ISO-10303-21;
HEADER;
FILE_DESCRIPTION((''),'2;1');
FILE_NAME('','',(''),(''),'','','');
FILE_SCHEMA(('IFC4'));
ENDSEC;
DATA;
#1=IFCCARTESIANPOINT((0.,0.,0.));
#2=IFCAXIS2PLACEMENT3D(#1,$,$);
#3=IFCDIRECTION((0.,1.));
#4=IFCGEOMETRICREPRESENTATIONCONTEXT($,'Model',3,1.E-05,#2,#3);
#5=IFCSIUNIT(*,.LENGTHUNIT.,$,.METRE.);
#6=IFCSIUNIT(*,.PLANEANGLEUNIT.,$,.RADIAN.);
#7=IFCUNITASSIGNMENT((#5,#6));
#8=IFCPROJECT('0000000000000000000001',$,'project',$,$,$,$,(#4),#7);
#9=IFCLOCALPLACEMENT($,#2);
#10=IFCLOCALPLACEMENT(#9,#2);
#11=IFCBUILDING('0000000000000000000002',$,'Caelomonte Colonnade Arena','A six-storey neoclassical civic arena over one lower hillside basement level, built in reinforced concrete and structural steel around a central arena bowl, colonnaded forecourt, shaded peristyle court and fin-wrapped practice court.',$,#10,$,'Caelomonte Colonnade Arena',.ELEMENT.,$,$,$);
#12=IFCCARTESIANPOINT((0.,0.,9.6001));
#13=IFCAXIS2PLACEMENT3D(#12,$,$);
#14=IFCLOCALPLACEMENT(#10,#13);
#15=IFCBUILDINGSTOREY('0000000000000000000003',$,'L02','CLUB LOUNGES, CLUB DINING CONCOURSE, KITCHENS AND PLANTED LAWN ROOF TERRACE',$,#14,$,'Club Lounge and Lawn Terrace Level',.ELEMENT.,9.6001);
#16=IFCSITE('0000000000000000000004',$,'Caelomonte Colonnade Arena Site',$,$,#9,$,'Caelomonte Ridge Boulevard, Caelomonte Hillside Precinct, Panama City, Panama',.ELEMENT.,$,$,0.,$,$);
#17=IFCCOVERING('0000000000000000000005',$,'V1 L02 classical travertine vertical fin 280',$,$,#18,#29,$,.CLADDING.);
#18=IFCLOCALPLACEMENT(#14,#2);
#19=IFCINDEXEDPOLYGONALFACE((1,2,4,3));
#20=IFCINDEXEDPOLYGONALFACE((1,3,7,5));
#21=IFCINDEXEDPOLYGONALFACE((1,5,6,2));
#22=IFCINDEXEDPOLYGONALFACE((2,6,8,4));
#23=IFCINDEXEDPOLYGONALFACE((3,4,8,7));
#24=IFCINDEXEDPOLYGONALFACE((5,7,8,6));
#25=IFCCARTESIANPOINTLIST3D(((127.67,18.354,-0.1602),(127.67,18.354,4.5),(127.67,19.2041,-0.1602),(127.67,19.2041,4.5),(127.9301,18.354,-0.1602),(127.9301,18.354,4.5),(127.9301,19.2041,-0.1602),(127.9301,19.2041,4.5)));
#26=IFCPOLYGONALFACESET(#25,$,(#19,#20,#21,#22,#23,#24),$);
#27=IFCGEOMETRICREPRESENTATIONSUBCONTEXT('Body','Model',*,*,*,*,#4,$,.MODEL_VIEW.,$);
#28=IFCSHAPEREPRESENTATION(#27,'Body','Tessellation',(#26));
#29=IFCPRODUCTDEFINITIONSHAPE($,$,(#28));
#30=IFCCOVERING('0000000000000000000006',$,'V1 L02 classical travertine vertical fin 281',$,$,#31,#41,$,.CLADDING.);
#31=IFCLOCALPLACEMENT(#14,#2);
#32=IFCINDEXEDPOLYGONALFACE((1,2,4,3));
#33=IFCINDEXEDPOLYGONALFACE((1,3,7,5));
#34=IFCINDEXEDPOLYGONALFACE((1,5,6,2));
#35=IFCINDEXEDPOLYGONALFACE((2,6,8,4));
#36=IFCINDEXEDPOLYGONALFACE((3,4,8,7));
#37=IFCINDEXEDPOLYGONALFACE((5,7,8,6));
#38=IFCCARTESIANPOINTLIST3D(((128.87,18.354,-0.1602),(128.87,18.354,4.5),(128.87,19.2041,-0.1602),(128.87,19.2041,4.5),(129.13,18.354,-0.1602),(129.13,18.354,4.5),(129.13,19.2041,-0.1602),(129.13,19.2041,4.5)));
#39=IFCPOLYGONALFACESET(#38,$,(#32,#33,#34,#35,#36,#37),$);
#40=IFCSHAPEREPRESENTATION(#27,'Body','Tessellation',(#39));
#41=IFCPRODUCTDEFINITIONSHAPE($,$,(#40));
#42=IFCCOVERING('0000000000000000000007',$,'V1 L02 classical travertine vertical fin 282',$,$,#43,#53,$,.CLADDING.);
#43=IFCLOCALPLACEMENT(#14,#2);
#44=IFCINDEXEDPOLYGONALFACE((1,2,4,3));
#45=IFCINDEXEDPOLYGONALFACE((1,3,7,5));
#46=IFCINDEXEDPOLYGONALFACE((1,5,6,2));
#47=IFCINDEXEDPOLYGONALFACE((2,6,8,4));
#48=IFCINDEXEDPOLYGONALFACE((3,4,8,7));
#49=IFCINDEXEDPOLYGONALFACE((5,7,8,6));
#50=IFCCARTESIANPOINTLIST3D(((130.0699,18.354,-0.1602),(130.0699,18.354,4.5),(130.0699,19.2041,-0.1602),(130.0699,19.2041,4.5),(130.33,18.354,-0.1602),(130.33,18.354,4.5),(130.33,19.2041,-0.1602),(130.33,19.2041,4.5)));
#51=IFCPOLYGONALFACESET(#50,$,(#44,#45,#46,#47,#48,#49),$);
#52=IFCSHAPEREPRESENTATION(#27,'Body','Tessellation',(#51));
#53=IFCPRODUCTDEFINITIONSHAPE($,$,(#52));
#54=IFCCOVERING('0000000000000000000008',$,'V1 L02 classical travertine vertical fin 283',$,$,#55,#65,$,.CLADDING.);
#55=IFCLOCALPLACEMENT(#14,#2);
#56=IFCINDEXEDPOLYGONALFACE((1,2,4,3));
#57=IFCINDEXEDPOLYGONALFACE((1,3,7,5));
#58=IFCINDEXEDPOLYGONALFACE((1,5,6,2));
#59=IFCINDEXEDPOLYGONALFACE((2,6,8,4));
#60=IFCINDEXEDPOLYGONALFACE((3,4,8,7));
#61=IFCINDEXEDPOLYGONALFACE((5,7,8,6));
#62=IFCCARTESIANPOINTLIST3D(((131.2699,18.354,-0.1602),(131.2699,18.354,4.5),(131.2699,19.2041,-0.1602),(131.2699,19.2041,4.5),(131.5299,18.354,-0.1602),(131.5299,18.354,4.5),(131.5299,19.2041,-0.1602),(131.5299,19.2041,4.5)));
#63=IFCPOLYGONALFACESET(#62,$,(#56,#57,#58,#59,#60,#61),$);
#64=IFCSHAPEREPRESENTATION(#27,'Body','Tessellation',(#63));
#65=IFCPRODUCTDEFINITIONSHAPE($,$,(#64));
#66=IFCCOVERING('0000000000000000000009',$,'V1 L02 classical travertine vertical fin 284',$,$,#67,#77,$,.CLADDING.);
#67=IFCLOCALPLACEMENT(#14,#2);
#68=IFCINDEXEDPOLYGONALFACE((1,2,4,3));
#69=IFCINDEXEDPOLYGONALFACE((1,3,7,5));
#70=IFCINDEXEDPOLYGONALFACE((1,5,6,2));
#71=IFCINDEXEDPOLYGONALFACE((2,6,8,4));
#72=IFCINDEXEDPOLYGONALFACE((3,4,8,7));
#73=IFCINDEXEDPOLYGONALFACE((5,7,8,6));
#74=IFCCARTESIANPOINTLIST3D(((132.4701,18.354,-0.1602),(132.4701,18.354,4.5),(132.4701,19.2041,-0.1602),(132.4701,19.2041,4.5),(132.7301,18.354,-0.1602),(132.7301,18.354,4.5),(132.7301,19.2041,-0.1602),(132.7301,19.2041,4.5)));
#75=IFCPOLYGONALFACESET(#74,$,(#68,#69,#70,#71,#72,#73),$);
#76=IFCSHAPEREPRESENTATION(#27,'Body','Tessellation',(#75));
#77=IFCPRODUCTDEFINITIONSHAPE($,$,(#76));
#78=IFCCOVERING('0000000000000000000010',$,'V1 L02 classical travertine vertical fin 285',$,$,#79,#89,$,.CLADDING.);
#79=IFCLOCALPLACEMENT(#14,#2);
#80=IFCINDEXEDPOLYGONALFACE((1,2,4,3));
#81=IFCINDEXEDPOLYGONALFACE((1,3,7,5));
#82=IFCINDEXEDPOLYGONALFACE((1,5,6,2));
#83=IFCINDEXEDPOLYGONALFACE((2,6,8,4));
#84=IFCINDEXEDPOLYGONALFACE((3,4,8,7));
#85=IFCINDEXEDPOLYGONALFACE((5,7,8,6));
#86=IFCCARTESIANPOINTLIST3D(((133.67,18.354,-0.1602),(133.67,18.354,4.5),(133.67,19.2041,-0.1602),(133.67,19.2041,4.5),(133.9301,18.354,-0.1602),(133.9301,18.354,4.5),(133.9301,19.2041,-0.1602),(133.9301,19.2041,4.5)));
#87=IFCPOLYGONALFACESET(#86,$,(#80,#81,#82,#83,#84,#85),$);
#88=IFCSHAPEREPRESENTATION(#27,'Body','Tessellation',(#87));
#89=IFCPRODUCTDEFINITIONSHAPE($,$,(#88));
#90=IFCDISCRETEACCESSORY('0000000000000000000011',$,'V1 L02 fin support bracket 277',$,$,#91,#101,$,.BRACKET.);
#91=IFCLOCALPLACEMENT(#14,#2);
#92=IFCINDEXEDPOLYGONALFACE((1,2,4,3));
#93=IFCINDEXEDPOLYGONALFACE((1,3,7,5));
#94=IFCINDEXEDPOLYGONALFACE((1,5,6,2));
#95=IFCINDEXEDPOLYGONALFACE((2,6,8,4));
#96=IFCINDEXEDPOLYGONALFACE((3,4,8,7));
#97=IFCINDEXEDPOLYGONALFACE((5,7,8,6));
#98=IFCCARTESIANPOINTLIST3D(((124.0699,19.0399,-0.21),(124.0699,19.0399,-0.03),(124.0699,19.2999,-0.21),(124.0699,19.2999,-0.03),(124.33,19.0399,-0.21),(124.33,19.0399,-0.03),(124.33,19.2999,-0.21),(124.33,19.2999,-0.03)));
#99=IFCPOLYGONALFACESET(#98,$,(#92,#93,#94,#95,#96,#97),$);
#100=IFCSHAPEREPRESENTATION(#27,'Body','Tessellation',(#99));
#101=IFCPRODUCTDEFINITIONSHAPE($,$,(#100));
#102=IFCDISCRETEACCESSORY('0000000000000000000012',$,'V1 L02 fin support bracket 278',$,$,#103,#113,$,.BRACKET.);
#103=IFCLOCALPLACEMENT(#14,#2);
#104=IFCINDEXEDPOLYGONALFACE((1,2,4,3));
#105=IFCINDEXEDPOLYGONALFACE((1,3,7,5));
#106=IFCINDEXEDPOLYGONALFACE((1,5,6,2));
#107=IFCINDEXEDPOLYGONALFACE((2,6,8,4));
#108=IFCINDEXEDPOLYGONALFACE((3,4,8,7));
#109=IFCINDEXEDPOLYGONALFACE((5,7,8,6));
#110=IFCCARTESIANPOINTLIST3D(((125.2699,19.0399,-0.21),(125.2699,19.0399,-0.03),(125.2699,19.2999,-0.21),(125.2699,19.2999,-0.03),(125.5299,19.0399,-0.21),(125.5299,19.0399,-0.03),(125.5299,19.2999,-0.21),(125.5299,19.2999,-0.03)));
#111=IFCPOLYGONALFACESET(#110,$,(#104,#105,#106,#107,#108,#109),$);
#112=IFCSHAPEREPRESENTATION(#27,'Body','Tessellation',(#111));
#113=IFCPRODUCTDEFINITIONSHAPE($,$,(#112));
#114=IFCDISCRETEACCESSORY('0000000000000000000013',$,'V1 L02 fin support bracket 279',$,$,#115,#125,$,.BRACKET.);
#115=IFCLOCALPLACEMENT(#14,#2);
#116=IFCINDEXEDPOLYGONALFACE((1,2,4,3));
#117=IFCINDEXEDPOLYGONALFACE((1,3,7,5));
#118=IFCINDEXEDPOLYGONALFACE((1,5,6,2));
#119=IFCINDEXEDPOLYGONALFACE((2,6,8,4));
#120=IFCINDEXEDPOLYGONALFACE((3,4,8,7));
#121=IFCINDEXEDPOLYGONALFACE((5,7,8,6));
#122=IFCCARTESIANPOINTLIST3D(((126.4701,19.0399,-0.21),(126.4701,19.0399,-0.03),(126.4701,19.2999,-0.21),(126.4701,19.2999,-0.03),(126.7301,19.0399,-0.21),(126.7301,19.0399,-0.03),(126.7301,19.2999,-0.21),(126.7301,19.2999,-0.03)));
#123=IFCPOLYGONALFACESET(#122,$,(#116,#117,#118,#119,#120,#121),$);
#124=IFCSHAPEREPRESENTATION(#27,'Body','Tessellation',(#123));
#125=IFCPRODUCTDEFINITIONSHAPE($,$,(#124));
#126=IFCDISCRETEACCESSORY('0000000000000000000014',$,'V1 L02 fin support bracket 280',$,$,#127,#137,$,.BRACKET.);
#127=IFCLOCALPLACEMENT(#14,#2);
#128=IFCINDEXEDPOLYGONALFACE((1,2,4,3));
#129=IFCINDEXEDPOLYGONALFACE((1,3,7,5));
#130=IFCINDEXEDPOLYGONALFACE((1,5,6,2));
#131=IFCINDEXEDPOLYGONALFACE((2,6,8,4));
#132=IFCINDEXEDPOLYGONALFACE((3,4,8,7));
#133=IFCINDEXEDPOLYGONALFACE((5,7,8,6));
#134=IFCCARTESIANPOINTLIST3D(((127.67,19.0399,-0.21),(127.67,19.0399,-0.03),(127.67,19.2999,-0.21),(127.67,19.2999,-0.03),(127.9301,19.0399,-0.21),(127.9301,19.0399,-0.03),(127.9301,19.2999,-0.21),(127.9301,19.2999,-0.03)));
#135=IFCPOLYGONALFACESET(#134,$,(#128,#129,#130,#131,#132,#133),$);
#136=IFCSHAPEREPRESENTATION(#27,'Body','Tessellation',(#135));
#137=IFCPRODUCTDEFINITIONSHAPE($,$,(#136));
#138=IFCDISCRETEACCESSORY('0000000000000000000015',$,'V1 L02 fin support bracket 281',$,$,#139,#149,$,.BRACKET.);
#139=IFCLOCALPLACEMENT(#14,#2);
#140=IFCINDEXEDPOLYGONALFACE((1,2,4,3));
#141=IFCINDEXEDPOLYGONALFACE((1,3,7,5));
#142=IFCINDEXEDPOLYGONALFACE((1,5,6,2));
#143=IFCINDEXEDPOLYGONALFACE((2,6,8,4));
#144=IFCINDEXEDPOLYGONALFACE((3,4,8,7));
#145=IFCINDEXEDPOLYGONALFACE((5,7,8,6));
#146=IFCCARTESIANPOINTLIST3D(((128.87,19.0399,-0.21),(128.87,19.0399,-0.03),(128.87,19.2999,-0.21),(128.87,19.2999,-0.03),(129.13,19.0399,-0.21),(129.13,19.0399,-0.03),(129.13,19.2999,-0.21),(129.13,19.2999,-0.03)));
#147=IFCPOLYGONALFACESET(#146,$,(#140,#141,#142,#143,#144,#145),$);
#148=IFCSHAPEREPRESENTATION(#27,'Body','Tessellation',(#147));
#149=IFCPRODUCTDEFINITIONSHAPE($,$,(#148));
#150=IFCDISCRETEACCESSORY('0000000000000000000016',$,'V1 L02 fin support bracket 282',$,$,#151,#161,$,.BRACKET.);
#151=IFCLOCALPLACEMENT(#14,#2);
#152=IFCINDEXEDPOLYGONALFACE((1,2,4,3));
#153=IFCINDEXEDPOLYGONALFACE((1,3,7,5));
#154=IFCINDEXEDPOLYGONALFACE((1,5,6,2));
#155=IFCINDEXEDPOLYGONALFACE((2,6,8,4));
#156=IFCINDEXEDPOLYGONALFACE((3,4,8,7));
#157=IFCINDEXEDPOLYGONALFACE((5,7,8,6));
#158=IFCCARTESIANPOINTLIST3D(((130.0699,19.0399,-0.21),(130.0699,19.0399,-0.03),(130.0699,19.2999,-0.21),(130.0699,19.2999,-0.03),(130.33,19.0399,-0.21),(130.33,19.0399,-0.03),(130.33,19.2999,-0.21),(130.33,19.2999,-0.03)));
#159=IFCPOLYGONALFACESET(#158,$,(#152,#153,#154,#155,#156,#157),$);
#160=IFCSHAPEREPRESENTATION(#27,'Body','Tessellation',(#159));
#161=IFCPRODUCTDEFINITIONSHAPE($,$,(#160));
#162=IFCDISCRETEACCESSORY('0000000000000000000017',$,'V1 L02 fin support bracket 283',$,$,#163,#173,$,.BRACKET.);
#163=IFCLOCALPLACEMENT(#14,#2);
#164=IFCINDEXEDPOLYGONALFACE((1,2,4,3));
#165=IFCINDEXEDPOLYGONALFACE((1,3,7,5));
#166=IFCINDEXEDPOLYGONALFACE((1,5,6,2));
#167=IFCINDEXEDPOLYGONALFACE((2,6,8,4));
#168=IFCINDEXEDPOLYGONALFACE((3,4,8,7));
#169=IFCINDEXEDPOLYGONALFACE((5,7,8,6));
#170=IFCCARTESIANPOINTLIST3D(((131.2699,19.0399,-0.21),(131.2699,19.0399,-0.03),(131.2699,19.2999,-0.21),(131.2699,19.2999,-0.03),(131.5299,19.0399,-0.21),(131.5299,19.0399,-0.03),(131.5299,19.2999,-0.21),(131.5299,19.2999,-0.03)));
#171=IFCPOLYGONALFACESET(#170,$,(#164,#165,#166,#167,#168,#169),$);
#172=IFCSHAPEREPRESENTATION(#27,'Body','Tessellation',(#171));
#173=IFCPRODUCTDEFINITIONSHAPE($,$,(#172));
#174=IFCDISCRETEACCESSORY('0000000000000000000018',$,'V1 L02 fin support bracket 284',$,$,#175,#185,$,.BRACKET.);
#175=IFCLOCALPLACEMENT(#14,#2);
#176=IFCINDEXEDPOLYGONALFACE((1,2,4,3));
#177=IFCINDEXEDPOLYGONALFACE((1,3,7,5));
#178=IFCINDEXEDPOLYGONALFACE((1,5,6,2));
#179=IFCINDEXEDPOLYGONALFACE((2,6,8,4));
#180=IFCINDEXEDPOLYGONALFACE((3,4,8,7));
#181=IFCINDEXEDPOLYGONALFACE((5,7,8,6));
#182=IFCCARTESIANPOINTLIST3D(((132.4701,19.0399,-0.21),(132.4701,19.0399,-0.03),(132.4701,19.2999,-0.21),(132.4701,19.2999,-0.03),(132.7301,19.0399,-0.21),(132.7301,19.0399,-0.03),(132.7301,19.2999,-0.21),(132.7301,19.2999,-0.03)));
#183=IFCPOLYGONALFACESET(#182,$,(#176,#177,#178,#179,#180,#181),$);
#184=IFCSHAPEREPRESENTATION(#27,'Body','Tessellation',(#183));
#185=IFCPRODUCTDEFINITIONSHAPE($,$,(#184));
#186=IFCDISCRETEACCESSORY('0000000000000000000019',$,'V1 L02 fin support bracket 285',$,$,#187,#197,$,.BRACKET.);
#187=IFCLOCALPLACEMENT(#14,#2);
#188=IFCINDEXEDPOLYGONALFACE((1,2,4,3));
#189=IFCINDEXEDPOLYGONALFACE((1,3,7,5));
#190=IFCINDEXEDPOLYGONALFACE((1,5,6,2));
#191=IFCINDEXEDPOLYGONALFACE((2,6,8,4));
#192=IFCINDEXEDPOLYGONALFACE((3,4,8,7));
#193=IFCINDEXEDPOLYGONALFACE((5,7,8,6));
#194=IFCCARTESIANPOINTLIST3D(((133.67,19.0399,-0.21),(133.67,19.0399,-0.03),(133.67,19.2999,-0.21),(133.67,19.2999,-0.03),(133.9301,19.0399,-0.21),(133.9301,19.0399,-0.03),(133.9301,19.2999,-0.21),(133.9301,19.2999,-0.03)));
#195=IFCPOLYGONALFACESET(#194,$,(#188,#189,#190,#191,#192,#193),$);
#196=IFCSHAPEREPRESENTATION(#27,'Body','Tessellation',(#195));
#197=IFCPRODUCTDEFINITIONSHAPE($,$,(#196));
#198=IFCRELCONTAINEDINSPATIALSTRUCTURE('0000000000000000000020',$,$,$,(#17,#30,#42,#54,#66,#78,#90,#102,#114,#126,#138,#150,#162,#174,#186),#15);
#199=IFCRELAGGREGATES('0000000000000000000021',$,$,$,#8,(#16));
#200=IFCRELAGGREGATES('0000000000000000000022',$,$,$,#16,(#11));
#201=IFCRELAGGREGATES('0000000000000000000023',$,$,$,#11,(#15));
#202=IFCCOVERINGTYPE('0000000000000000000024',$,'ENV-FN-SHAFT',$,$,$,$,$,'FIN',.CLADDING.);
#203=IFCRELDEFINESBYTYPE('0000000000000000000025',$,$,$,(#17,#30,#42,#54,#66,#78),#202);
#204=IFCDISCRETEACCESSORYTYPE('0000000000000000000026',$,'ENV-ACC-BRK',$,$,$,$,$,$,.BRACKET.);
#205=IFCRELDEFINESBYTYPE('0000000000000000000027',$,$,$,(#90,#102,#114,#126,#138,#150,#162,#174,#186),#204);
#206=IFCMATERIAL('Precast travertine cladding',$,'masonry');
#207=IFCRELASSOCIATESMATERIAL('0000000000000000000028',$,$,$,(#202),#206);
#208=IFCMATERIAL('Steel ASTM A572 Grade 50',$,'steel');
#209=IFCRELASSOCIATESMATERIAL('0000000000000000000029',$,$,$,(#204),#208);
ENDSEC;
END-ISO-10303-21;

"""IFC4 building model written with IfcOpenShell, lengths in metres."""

from ifc_helpers import new_model, si_unit, direction, frame, origin, origin_2d, place, context, subcontext, project, spatial, rectangle, extrude, material, material_profile, profile_set, type_object, element, save


model = new_model("IFC4")

# Units and contexts
model_context = context("Model", 3, precision=1e-05, world=origin(), true_north=direction((0.0, 1.0)))
body_context = subcontext(model_context, "Body", "Model", "MODEL_VIEW")
ifc_project = project(units=[si_unit("LENGTHUNIT", "METRE"), si_unit("PLANEANGLEUNIT", "RADIAN")], contexts=[model_context])

# Site, building, storey
site_placement = place(None, origin())
site = spatial("IfcSite", under=ifc_project, at=site_placement, Name="Caelomonte Colonnade Arena Site", LongName="Caelomonte Ridge Boulevard, Caelomonte Hillside Precinct, Panama City, Panama", CompositionType="ELEMENT", RefElevation=0.0)
building_placement = place(site_placement, origin())
building = spatial("IfcBuilding", under=site, at=building_placement, Name="Caelomonte Colonnade Arena", Description="A six-storey neoclassical civic arena over one lower hillside basement level, built in reinforced concrete and structural steel around a central arena bowl, colonnaded forecourt, shaded peristyle court and fin-wrapped practice court.", LongName="Caelomonte Colonnade Arena", CompositionType="ELEMENT")
storey_placement = place(building_placement, frame((0.0, 0.0, 9.6001)))
storey = spatial("IfcBuildingStorey", under=building, at=storey_placement, Name="L02", Description="CLUB LOUNGES, CLUB DINING CONCOURSE, KITCHENS AND PLANTED LAWN ROOF TERRACE", LongName="Club Lounge and Lawn Terrace Level", CompositionType="ELEMENT", Elevation=9.6001)

# Coverings
ifc_material_1 = material(Name="Precast travertine cladding", Category="masonry")
ifc_material_profile_1 = material_profile(ifc_material_1, rectangle(XDim=0.26, YDim=0.8501, at=origin_2d()), Name="FIN260X850")
ifc_profile_set_1 = profile_set([ifc_material_profile_1], Name="Precast travertine cladding")
covering_type = type_object("IfcCoveringType", Name="ENV-FN-SHAFT", ElementType="FIN", PredefinedType="CLADDING", material=ifc_profile_set_1)
for number, where, z_axis, x_axis, name in (
    (1, (127.8, 18.7791, -0.1602), (0.0, 0.0, 1.0), (-1.0, 0.0, 0.0), "V1 L02 classical travertine vertical fin 280"),
    (2, (129.0, 18.7791, -0.1602), (0.0, 0.0, 1.0), (-1.0, 0.0, 0.0), "V1 L02 classical travertine vertical fin 281"),
    (3, (130.2, 18.7791, -0.1602), (0.0, 0.0, 1.0), (-1.0, 0.0, 0.0), "V1 L02 classical travertine vertical fin 282"),
    (4, (131.3999, 18.7791, -0.1602), (0.0, 0.0, 1.0), (-1.0, 0.0, 0.0), "V1 L02 classical travertine vertical fin 283"),
    (5, (132.6001, 18.7791, -0.1602), (0.0, 0.0, 1.0), (-1.0, 0.0, 0.0), "V1 L02 classical travertine vertical fin 284"),
    (6, (133.8, 18.7791, -0.1602), (0.0, 0.0, 1.0), (-1.0, 0.0, 0.0), "V1 L02 classical travertine vertical fin 285"),
):
    element("IfcCovering", number, at=place(storey_placement, frame(where, z_axis=z_axis, x_axis=x_axis)), inside=storey, type_object=covering_type, Name=name, PredefinedType="CLADDING", context=body_context, shape_type="SweptSolid", body=[
        extrude(rectangle(XDim=0.26, YDim=0.8501, at=origin_2d()), origin(), (0.0, 0.0, 1.0), 4.6602),
    ])

# Discrete accessories
ifc_material_2 = material(Name="Steel ASTM A572 Grade 50", Category="steel")
discrete_accessory_type = type_object("IfcDiscreteAccessoryType", Name="ENV-ACC-BRK", PredefinedType="BRACKET", material=ifc_material_2)
for number, where, z_axis, x_axis, name in (
    (7, (124.2, 19.1699, -0.21), (0.0, 0.0, 1.0), (1.0, 0.0, 0.0), "V1 L02 fin support bracket 277"),
    (8, (125.3999, 19.1699, -0.21), (0.0, 0.0, 1.0), (1.0, 0.0, 0.0), "V1 L02 fin support bracket 278"),
    (9, (126.6001, 19.1699, -0.21), (0.0, 0.0, 1.0), (1.0, 0.0, 0.0), "V1 L02 fin support bracket 279"),
    (10, (127.8, 19.1699, -0.21), (0.0, 0.0, 1.0), (1.0, 0.0, 0.0), "V1 L02 fin support bracket 280"),
    (11, (129.0, 19.1699, -0.21), (0.0, 0.0, 1.0), (1.0, 0.0, 0.0), "V1 L02 fin support bracket 281"),
    (12, (130.2, 19.1699, -0.21), (0.0, 0.0, 1.0), (1.0, 0.0, 0.0), "V1 L02 fin support bracket 282"),
    (13, (131.3999, 19.1699, -0.21), (0.0, 0.0, 1.0), (1.0, 0.0, 0.0), "V1 L02 fin support bracket 283"),
    (14, (132.6001, 19.1699, -0.21), (0.0, 0.0, 1.0), (1.0, 0.0, 0.0), "V1 L02 fin support bracket 284"),
    (15, (133.8, 19.1699, -0.21), (0.0, 0.0, 1.0), (1.0, 0.0, 0.0), "V1 L02 fin support bracket 285"),
):
    element("IfcDiscreteAccessory", number, at=place(storey_placement, frame(where, z_axis=z_axis, x_axis=x_axis)), inside=storey, type_object=discrete_accessory_type, Name=name, PredefinedType="BRACKET", context=body_context, shape_type="SweptSolid", body=[
        extrude(rectangle(XDim=0.26, YDim=0.26, at=origin_2d()), origin(), (0.0, 0.0, 1.0), 0.1799),
    ])

save(model, "model.ifc")
